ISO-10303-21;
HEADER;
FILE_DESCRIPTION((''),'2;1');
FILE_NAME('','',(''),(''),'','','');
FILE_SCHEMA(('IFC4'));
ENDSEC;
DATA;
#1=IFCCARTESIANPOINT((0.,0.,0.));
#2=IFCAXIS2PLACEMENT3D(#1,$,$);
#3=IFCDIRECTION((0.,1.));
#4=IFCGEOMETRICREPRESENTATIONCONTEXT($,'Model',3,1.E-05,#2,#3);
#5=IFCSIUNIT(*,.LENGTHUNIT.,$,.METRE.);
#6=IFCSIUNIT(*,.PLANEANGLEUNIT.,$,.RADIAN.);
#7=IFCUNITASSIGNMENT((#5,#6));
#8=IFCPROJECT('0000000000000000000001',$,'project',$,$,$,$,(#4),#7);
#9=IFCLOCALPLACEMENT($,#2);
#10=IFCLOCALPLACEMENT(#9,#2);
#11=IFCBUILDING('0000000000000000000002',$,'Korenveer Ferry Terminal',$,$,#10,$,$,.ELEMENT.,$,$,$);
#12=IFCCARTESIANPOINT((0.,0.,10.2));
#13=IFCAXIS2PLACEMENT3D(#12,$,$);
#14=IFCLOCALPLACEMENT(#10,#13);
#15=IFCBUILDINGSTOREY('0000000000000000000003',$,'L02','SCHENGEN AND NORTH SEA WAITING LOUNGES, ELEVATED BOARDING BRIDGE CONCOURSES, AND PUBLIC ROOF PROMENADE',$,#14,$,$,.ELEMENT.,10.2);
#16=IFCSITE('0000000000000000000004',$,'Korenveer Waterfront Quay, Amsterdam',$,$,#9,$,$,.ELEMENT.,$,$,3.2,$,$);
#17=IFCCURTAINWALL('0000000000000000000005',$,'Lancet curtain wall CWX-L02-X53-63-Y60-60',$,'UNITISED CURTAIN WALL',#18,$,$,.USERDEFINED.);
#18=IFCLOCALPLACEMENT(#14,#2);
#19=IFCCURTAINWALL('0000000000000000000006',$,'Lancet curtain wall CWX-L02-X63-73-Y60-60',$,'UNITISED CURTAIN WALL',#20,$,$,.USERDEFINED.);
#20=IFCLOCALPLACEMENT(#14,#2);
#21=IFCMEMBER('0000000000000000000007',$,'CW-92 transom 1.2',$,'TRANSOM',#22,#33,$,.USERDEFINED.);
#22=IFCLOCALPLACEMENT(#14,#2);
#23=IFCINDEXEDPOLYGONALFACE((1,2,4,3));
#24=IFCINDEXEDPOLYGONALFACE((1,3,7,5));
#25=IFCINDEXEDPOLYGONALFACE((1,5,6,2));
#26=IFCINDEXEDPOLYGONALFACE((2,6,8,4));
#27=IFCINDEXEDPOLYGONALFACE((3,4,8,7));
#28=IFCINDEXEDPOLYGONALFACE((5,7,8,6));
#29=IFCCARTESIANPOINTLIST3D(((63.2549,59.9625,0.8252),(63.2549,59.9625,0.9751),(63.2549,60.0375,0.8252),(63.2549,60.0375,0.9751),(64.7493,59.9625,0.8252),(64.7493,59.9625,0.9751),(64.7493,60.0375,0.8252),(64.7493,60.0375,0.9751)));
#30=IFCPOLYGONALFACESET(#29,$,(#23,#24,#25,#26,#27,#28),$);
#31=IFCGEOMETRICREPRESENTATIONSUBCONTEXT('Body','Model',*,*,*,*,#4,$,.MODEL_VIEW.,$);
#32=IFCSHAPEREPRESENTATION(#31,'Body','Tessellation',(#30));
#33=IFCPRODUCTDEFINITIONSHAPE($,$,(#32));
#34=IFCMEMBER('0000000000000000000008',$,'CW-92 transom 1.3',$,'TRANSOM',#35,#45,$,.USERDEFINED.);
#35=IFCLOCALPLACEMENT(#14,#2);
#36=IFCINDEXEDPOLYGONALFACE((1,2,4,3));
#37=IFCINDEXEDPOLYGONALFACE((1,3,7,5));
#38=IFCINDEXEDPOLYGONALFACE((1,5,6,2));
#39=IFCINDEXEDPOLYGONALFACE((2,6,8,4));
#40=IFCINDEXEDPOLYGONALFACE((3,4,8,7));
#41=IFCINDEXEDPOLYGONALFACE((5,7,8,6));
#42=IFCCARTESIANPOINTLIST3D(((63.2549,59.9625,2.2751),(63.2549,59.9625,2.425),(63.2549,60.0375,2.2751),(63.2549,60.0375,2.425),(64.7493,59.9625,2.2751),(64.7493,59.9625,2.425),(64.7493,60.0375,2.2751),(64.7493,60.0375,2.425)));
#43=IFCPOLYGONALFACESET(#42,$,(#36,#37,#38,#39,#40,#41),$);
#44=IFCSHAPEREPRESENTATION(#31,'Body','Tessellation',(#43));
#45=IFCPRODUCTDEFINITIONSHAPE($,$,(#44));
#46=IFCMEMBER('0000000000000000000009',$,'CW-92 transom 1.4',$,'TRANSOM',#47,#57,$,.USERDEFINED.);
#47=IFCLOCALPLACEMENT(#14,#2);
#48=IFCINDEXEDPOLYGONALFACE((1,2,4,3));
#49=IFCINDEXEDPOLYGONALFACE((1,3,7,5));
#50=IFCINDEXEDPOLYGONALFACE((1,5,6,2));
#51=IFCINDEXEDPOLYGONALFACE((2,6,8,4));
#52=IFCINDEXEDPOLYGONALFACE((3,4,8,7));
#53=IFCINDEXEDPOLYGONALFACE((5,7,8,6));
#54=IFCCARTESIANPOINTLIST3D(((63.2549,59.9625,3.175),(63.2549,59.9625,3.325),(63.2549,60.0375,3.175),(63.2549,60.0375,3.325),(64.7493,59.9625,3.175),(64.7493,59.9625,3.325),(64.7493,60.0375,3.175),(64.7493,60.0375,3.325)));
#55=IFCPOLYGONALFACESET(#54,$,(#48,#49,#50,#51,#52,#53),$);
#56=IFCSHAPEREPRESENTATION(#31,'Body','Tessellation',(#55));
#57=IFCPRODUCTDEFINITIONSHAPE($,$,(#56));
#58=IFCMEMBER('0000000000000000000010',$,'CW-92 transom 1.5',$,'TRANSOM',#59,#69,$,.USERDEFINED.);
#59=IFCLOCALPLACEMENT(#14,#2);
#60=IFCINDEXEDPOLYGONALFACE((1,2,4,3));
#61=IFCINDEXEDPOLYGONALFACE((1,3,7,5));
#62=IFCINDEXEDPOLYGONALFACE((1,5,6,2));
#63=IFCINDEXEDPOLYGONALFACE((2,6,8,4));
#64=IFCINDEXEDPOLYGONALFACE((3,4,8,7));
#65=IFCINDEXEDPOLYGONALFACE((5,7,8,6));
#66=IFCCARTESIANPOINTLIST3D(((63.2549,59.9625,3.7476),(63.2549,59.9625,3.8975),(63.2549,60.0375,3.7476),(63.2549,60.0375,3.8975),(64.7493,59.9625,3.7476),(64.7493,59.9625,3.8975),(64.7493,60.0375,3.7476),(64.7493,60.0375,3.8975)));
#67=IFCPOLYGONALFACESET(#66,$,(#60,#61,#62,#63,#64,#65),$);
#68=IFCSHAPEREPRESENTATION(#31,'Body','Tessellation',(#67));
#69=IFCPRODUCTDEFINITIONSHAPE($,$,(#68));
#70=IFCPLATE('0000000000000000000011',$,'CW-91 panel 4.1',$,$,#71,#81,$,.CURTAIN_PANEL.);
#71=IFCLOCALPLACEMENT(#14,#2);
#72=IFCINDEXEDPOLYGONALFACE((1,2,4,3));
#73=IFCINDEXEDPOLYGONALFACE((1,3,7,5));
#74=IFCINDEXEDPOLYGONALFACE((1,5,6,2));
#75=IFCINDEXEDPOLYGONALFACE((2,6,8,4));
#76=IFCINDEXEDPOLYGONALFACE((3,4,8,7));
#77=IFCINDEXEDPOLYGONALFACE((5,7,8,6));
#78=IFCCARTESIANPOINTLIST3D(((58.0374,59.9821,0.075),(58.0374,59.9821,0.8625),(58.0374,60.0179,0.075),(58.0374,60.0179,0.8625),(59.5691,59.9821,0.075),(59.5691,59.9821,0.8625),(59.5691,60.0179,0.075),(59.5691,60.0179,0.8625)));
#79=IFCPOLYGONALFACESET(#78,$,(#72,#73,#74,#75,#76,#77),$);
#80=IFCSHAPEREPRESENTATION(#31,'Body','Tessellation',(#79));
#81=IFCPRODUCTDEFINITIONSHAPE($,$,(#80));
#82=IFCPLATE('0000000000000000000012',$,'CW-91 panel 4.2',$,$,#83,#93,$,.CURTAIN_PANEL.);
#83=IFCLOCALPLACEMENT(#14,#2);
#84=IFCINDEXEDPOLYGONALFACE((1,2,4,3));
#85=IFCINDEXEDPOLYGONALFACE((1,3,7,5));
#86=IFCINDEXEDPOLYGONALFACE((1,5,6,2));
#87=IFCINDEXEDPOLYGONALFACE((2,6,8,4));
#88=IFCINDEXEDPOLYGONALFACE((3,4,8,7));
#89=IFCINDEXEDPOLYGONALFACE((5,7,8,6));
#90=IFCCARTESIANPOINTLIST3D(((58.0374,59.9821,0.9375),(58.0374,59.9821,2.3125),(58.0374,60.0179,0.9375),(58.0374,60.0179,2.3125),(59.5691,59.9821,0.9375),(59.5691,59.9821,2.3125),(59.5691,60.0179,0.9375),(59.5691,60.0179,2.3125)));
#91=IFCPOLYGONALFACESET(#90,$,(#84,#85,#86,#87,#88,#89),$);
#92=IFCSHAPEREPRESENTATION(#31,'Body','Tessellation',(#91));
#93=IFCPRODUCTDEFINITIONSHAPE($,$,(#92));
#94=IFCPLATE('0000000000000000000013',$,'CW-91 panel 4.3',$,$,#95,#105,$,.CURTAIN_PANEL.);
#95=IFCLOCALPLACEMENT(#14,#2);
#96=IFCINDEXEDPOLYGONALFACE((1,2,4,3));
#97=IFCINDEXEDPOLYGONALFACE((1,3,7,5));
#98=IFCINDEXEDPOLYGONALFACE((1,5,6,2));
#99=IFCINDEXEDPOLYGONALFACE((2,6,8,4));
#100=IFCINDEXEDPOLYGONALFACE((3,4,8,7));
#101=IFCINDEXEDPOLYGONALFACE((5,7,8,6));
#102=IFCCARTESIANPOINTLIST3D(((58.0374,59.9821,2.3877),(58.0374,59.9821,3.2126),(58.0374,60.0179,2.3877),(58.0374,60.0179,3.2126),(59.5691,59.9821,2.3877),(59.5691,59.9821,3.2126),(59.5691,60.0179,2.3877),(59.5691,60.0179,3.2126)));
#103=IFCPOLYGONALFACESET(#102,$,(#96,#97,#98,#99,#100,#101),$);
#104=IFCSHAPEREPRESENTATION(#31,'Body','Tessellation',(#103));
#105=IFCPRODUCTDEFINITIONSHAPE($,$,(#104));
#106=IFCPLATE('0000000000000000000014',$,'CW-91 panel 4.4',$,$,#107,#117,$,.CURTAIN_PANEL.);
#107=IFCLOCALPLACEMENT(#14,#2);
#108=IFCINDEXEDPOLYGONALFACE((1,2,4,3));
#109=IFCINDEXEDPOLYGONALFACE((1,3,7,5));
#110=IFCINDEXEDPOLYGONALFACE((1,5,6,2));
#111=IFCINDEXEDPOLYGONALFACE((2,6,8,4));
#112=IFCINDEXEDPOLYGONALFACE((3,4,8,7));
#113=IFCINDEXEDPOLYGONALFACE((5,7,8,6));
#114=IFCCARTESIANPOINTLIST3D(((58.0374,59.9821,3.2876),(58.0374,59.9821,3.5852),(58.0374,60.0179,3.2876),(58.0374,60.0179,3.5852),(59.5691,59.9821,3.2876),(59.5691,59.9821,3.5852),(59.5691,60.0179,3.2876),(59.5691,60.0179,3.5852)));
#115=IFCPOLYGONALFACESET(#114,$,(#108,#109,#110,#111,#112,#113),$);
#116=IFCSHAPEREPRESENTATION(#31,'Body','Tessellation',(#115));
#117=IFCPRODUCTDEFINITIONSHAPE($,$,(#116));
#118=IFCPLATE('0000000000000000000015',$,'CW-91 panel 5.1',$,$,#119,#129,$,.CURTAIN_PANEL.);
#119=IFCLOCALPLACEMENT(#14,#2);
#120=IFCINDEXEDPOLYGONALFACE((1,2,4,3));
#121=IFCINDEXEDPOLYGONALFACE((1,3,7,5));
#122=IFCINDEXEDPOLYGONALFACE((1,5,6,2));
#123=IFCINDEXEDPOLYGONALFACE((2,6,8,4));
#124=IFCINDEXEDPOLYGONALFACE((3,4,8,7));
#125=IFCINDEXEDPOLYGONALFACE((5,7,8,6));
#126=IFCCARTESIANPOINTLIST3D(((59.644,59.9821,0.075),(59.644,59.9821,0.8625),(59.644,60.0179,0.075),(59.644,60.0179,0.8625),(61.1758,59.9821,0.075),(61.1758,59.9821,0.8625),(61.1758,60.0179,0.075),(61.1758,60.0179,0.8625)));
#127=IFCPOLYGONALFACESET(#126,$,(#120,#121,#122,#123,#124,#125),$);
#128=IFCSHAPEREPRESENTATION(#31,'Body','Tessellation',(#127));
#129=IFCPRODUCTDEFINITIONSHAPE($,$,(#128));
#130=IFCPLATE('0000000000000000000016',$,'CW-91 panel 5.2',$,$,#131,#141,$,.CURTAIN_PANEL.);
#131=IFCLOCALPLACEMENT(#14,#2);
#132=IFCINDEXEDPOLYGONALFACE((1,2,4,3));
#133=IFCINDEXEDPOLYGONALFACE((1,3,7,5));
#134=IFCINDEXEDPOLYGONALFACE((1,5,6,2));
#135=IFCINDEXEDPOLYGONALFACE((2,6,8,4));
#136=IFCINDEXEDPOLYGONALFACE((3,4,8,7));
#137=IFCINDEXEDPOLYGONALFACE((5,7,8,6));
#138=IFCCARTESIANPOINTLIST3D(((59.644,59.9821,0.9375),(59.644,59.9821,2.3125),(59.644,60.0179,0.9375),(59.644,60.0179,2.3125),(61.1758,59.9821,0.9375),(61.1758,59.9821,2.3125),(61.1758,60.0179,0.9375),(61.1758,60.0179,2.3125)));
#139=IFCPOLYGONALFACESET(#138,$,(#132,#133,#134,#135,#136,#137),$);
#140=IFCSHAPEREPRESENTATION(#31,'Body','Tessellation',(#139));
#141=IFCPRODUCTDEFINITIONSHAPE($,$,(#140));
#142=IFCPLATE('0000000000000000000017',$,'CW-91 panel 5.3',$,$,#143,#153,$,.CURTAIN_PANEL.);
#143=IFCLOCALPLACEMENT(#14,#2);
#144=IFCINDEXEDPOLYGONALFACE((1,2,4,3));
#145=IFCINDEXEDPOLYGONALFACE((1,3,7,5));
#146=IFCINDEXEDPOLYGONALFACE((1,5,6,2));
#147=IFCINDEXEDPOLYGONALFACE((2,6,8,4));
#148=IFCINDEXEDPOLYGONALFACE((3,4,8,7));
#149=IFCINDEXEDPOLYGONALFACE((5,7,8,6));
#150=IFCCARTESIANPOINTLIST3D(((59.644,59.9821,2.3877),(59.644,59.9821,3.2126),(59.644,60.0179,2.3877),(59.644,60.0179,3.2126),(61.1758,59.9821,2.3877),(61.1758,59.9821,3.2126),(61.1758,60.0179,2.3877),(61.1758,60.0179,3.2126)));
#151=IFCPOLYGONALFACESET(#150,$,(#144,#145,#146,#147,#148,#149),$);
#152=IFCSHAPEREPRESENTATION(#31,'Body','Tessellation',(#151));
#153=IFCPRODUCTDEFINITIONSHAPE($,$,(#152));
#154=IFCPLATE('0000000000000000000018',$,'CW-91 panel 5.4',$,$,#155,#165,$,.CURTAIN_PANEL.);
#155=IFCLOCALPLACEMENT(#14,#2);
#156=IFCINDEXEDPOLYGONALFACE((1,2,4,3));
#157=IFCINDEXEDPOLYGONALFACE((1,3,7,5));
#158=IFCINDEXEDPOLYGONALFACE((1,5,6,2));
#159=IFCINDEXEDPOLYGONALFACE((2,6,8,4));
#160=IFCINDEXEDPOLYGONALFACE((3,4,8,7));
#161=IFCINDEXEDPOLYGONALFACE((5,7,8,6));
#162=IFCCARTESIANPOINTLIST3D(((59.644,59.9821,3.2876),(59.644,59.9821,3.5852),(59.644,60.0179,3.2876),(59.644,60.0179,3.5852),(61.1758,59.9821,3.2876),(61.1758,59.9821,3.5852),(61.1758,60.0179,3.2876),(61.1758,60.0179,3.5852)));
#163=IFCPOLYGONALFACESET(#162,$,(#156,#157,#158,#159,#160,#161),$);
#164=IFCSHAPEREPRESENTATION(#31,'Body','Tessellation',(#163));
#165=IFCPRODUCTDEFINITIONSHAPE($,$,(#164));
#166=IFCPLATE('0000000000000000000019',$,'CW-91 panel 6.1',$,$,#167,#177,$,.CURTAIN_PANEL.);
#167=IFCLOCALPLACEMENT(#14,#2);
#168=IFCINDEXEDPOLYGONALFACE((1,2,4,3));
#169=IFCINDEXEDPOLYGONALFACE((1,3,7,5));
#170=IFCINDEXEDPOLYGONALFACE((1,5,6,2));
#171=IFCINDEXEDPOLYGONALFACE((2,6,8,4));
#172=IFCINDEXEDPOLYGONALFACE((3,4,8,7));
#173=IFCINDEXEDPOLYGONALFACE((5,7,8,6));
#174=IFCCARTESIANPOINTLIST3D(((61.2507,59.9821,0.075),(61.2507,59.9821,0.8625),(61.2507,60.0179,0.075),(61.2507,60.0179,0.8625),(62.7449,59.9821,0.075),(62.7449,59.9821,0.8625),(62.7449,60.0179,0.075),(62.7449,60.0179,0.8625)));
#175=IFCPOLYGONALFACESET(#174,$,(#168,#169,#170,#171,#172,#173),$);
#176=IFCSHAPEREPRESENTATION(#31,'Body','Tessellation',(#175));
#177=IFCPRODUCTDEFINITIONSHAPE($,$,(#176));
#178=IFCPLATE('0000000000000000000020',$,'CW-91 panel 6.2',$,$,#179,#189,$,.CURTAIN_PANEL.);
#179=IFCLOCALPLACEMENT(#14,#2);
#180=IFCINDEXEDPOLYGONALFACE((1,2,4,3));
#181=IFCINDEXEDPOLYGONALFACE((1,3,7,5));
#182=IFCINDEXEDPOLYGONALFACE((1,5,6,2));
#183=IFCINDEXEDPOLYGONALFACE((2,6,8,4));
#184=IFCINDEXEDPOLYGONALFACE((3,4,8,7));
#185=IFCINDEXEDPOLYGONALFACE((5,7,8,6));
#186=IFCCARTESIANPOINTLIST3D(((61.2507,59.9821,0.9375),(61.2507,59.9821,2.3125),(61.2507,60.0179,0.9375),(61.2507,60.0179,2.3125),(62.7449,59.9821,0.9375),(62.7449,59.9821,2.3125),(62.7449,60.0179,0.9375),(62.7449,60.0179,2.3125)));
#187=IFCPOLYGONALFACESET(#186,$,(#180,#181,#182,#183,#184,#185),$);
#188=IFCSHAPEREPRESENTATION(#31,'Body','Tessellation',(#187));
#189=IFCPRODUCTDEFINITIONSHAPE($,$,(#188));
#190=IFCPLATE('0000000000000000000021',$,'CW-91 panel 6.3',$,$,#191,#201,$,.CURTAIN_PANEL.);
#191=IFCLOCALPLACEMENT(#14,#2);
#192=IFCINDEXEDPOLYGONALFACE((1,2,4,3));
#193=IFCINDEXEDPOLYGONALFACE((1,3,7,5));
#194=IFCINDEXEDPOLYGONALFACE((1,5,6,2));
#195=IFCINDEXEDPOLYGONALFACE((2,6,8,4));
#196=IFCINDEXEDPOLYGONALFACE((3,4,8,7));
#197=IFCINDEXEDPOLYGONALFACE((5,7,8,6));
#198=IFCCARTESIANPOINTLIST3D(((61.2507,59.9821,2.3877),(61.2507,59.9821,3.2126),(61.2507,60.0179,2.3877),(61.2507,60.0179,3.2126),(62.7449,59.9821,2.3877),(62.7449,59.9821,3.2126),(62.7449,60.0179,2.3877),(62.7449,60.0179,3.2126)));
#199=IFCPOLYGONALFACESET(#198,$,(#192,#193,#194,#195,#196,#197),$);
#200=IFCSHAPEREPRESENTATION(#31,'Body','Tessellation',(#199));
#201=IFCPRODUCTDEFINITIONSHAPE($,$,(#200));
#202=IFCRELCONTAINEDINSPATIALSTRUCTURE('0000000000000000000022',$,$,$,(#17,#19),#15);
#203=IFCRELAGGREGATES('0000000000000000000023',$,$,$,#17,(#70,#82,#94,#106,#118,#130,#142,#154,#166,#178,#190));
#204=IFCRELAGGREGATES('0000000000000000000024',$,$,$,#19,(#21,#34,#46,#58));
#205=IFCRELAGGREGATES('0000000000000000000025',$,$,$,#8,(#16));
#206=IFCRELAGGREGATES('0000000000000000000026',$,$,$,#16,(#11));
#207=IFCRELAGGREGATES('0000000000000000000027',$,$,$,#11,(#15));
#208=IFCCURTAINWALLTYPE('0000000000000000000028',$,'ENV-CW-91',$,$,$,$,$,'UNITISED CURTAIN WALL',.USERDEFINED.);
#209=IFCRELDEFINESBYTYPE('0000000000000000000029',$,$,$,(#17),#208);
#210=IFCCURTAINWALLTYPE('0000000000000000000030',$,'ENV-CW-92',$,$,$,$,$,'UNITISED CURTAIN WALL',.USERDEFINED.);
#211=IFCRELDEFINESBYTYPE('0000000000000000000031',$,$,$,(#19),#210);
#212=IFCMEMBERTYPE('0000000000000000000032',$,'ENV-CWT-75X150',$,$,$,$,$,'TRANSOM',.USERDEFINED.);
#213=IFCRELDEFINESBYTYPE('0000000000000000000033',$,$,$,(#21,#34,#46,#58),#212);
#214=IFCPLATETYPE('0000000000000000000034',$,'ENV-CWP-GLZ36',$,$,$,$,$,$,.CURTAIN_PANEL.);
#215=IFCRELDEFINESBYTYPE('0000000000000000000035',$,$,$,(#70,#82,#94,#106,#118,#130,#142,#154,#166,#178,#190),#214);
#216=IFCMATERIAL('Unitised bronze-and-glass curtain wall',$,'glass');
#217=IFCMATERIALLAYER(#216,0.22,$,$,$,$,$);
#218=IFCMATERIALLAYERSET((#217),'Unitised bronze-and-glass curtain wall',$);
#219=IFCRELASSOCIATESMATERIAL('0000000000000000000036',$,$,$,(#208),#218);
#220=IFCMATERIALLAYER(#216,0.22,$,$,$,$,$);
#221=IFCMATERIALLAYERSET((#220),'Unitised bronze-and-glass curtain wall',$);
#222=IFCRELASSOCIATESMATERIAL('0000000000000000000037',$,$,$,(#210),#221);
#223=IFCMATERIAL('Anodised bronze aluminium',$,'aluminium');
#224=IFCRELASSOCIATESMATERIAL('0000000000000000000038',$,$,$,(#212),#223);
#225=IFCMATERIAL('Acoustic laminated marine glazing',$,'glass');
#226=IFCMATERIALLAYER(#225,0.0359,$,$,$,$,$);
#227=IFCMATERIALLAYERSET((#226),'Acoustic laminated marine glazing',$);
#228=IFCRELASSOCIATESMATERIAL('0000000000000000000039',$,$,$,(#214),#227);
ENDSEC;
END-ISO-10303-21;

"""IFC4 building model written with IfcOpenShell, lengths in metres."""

from ifc_helpers import new_model, si_unit, direction, frame, origin, origin_2d, place, context, subcontext, project, spatial, rectangle, extrude, material, layer, layer_set, material_profile, profile_set, type_object, element, aggregate, save


model = new_model("IFC4")

# Units and contexts
model_context = context("Model", 3, precision=1e-05, world=origin(), true_north=direction((0.0, 1.0)))
body_context = subcontext(model_context, "Body", "Model", "MODEL_VIEW")
ifc_project = project(units=[si_unit("LENGTHUNIT", "METRE"), si_unit("PLANEANGLEUNIT", "RADIAN")], contexts=[model_context])

# Site, building, storey
site_placement = place(None, origin())
site = spatial("IfcSite", under=ifc_project, at=site_placement, Name="Korenveer Waterfront Quay, Amsterdam", CompositionType="ELEMENT", RefElevation=3.2)
building_placement = place(site_placement, origin())
building = spatial("IfcBuilding", under=site, at=building_placement, Name="Korenveer Ferry Terminal", CompositionType="ELEMENT")
storey_placement = place(building_placement, frame((0.0, 0.0, 10.2)))
storey = spatial("IfcBuildingStorey", under=building, at=storey_placement, Name="L02", Description="SCHENGEN AND NORTH SEA WAITING LOUNGES, ELEVATED BOARDING BRIDGE CONCOURSES, AND PUBLIC ROOF PROMENADE", CompositionType="ELEMENT", Elevation=10.2)

# Curtain wall
ifc_material_1 = material(Name="Unitised bronze-and-glass curtain wall", Category="glass")
ifc_layer_1 = layer(ifc_material_1, 0.22)
ifc_layer_set_1 = layer_set([ifc_layer_1], Name="Unitised bronze-and-glass curtain wall")
curtain_wall_type_1 = type_object("IfcCurtainWallType", Name="ENV-CW-91", ElementType="UNITISED CURTAIN WALL", PredefinedType="USERDEFINED", material=ifc_layer_set_1)
curtain_wall_1_placement = place(storey_placement, frame((53.1799, 60.0, 0.0)))
curtain_wall_1 = element("IfcCurtainWall", 1, at=curtain_wall_1_placement, inside=storey, type_object=curtain_wall_type_1, Name="Lancet curtain wall CWX-L02-X53-63-Y60-60", ObjectType="UNITISED CURTAIN WALL", PredefinedType="USERDEFINED")
ifc_material_2 = material(Name="Anodised bronze aluminium", Category="aluminium")

# Curtain wall
ifc_layer_2 = layer(ifc_material_1, 0.22)
ifc_layer_set_2 = layer_set([ifc_layer_2], Name="Unitised bronze-and-glass curtain wall")
curtain_wall_type_2 = type_object("IfcCurtainWallType", Name="ENV-CW-92", ElementType="UNITISED CURTAIN WALL", PredefinedType="USERDEFINED", material=ifc_layer_set_2)
curtain_wall_2_placement = place(storey_placement, frame((63.1799, 60.0, 0.0)))
curtain_wall_2 = element("IfcCurtainWall", 2, at=curtain_wall_2_placement, inside=storey, type_object=curtain_wall_type_2, Name="Lancet curtain wall CWX-L02-X63-73-Y60-60", ObjectType="UNITISED CURTAIN WALL", PredefinedType="USERDEFINED")

# Members
ifc_material_profile_1 = material_profile(ifc_material_2, rectangle(XDim=0.075, YDim=0.1499, at=origin_2d()), Name="ALU 75x150")
ifc_profile_set_1 = profile_set([ifc_material_profile_1], Name="Anodised bronze aluminium")
member_type_1 = type_object("IfcMemberType", Name="ENV-CWT-75X150", ElementType="TRANSOM", PredefinedType="USERDEFINED", material=ifc_profile_set_1)
member_1_placement = place(storey_placement, frame((63.2549, 60.0, 0.9001), z_axis=(1.0, 0.0, 0.0), x_axis=(0.0, 1.0, 0.0)))
member_1 = element("IfcMember", 3, at=member_1_placement, type_object=member_type_1, Name="CW-92 transom 1.2", ObjectType="TRANSOM", PredefinedType="USERDEFINED", context=body_context, shape_type="SweptSolid", body=[
    extrude(rectangle(XDim=0.075, YDim=0.1499, at=origin_2d()), origin(), (0.0, 0.0, 1.0), 1.4944),
])
member_2_placement = place(storey_placement, frame((63.2549, 60.0, 2.3501), z_axis=(1.0, 0.0, 0.0), x_axis=(0.0, 1.0, 0.0)))
member_2 = element("IfcMember", 4, at=member_2_placement, type_object=member_type_1, Name="CW-92 transom 1.3", ObjectType="TRANSOM", PredefinedType="USERDEFINED", context=body_context, shape_type="SweptSolid", body=[
    extrude(rectangle(XDim=0.075, YDim=0.1499, at=origin_2d()), origin(), (0.0, 0.0, 1.0), 1.4944),
])
member_3_placement = place(storey_placement, frame((63.2549, 60.0, 3.25), z_axis=(1.0, 0.0, 0.0), x_axis=(0.0, 1.0, 0.0)))
member_3 = element("IfcMember", 5, at=member_3_placement, type_object=member_type_1, Name="CW-92 transom 1.4", ObjectType="TRANSOM", PredefinedType="USERDEFINED", context=body_context, shape_type="SweptSolid", body=[
    extrude(rectangle(XDim=0.075, YDim=0.1499, at=origin_2d()), origin(), (0.0, 0.0, 1.0), 1.4944),
])
member_4_placement = place(storey_placement, frame((63.2549, 60.0, 3.8225), z_axis=(1.0, 0.0, 0.0), x_axis=(0.0, 1.0, 0.0)))
member_4 = element("IfcMember", 6, at=member_4_placement, type_object=member_type_1, Name="CW-92 transom 1.5", ObjectType="TRANSOM", PredefinedType="USERDEFINED", context=body_context, shape_type="SweptSolid", body=[
    extrude(rectangle(XDim=0.075, YDim=0.1499, at=origin_2d()), origin(), (0.0, 0.0, 1.0), 1.4944),
])

# Plates
ifc_material_3 = material(Name="Acoustic laminated marine glazing", Category="glass")
ifc_layer_3 = layer(ifc_material_3, 0.0359)
ifc_layer_set_3 = layer_set([ifc_layer_3], Name="Acoustic laminated marine glazing")
plate_type = type_object("IfcPlateType", Name="ENV-CWP-GLZ36", PredefinedType="CURTAIN_PANEL", material=ifc_layer_set_3)
plate_1_placement = place(storey_placement, frame((58.8032, 60.0, 0.075), z_axis=(0.0, 0.0, 1.0), x_axis=(1.0, 0.0, 0.0)))
plate_1 = element("IfcPlate", 7, at=plate_1_placement, type_object=plate_type, Name="CW-91 panel 4.1", PredefinedType="CURTAIN_PANEL", context=body_context, shape_type="SweptSolid", body=[
    extrude(rectangle(XDim=1.5317, YDim=0.0359, at=origin_2d()), origin(), (0.0, 0.0, 1.0), 0.7876),
])
plate_2_placement = place(storey_placement, frame((58.8032, 60.0, 0.9375), z_axis=(0.0, 0.0, 1.0), x_axis=(1.0, 0.0, 0.0)))
plate_2 = element("IfcPlate", 8, at=plate_2_placement, type_object=plate_type, Name="CW-91 panel 4.2", PredefinedType="CURTAIN_PANEL", context=body_context, shape_type="SweptSolid", body=[
    extrude(rectangle(XDim=1.5317, YDim=0.0359, at=origin_2d()), origin(), (0.0, 0.0, 1.0), 1.375),
])
plate_3_placement = place(storey_placement, frame((58.8032, 60.0, 2.3877), z_axis=(0.0, 0.0, 1.0), x_axis=(1.0, 0.0, 0.0)))
plate_3 = element("IfcPlate", 9, at=plate_3_placement, type_object=plate_type, Name="CW-91 panel 4.3", PredefinedType="CURTAIN_PANEL", context=body_context, shape_type="SweptSolid", body=[
    extrude(rectangle(XDim=1.5317, YDim=0.0359, at=origin_2d()), origin(), (0.0, 0.0, 1.0), 0.825),
])
plate_4_placement = place(storey_placement, frame((58.8032, 60.0, 3.2876), z_axis=(0.0, 0.0, 1.0), x_axis=(1.0, 0.0, 0.0)))
plate_4 = element("IfcPlate", 10, at=plate_4_placement, type_object=plate_type, Name="CW-91 panel 4.4", PredefinedType="CURTAIN_PANEL", context=body_context, shape_type="SweptSolid", body=[
    extrude(rectangle(XDim=1.5317, YDim=0.0359, at=origin_2d()), origin(), (0.0, 0.0, 1.0), 0.2976),
])
plate_5_placement = place(storey_placement, frame((60.4099, 60.0, 0.075), z_axis=(0.0, 0.0, 1.0), x_axis=(1.0, 0.0, 0.0)))
plate_5 = element("IfcPlate", 11, at=plate_5_placement, type_object=plate_type, Name="CW-91 panel 5.1", PredefinedType="CURTAIN_PANEL", context=body_context, shape_type="SweptSolid", body=[
    extrude(rectangle(XDim=1.5317, YDim=0.0359, at=origin_2d()), origin(), (0.0, 0.0, 1.0), 0.7876),
])
plate_6_placement = place(storey_placement, frame((60.4099, 60.0, 0.9375), z_axis=(0.0, 0.0, 1.0), x_axis=(1.0, 0.0, 0.0)))
plate_6 = element("IfcPlate", 12, at=plate_6_placement, type_object=plate_type, Name="CW-91 panel 5.2", PredefinedType="CURTAIN_PANEL", context=body_context, shape_type="SweptSolid", body=[
    extrude(rectangle(XDim=1.5317, YDim=0.0359, at=origin_2d()), origin(), (0.0, 0.0, 1.0), 1.375),
])
plate_7_placement = place(storey_placement, frame((60.4099, 60.0, 2.3877), z_axis=(0.0, 0.0, 1.0), x_axis=(1.0, 0.0, 0.0)))
plate_7 = element("IfcPlate", 13, at=plate_7_placement, type_object=plate_type, Name="CW-91 panel 5.3", PredefinedType="CURTAIN_PANEL", context=body_context, shape_type="SweptSolid", body=[
    extrude(rectangle(XDim=1.5317, YDim=0.0359, at=origin_2d()), origin(), (0.0, 0.0, 1.0), 0.825),
])
plate_8_placement = place(storey_placement, frame((60.4099, 60.0, 3.2876), z_axis=(0.0, 0.0, 1.0), x_axis=(1.0, 0.0, 0.0)))
plate_8 = element("IfcPlate", 14, at=plate_8_placement, type_object=plate_type, Name="CW-91 panel 5.4", PredefinedType="CURTAIN_PANEL", context=body_context, shape_type="SweptSolid", body=[
    extrude(rectangle(XDim=1.5317, YDim=0.0359, at=origin_2d()), origin(), (0.0, 0.0, 1.0), 0.2976),
])
plate_9_placement = place(storey_placement, frame((61.9978, 60.0, 0.075), z_axis=(0.0, 0.0, 1.0), x_axis=(1.0, 0.0, 0.0)))
plate_9 = element("IfcPlate", 15, at=plate_9_placement, type_object=plate_type, Name="CW-91 panel 6.1", PredefinedType="CURTAIN_PANEL", context=body_context, shape_type="SweptSolid", body=[
    extrude(rectangle(XDim=1.4941, YDim=0.0359, at=origin_2d()), origin(), (0.0, 0.0, 1.0), 0.7876),
])
plate_10_placement = place(storey_placement, frame((61.9978, 60.0, 0.9375), z_axis=(0.0, 0.0, 1.0), x_axis=(1.0, 0.0, 0.0)))
plate_10 = element("IfcPlate", 16, at=plate_10_placement, type_object=plate_type, Name="CW-91 panel 6.2", PredefinedType="CURTAIN_PANEL", context=body_context, shape_type="SweptSolid", body=[
    extrude(rectangle(XDim=1.4941, YDim=0.0359, at=origin_2d()), origin(), (0.0, 0.0, 1.0), 1.375),
])
plate_11_placement = place(storey_placement, frame((61.9978, 60.0, 2.3877), z_axis=(0.0, 0.0, 1.0), x_axis=(1.0, 0.0, 0.0)))
plate_11 = element("IfcPlate", 17, at=plate_11_placement, type_object=plate_type, Name="CW-91 panel 6.3", PredefinedType="CURTAIN_PANEL", context=body_context, shape_type="SweptSolid", body=[
    extrude(rectangle(XDim=1.4941, YDim=0.0359, at=origin_2d()), origin(), (0.0, 0.0, 1.0), 0.825),
])
aggregate(curtain_wall_1, [plate_1, plate_2, plate_3, plate_4, plate_5, plate_6, plate_7, plate_8, plate_9, plate_10, plate_11])
aggregate(curtain_wall_2, [member_1, member_2, member_3, member_4])

save(model, "model.ifc")
